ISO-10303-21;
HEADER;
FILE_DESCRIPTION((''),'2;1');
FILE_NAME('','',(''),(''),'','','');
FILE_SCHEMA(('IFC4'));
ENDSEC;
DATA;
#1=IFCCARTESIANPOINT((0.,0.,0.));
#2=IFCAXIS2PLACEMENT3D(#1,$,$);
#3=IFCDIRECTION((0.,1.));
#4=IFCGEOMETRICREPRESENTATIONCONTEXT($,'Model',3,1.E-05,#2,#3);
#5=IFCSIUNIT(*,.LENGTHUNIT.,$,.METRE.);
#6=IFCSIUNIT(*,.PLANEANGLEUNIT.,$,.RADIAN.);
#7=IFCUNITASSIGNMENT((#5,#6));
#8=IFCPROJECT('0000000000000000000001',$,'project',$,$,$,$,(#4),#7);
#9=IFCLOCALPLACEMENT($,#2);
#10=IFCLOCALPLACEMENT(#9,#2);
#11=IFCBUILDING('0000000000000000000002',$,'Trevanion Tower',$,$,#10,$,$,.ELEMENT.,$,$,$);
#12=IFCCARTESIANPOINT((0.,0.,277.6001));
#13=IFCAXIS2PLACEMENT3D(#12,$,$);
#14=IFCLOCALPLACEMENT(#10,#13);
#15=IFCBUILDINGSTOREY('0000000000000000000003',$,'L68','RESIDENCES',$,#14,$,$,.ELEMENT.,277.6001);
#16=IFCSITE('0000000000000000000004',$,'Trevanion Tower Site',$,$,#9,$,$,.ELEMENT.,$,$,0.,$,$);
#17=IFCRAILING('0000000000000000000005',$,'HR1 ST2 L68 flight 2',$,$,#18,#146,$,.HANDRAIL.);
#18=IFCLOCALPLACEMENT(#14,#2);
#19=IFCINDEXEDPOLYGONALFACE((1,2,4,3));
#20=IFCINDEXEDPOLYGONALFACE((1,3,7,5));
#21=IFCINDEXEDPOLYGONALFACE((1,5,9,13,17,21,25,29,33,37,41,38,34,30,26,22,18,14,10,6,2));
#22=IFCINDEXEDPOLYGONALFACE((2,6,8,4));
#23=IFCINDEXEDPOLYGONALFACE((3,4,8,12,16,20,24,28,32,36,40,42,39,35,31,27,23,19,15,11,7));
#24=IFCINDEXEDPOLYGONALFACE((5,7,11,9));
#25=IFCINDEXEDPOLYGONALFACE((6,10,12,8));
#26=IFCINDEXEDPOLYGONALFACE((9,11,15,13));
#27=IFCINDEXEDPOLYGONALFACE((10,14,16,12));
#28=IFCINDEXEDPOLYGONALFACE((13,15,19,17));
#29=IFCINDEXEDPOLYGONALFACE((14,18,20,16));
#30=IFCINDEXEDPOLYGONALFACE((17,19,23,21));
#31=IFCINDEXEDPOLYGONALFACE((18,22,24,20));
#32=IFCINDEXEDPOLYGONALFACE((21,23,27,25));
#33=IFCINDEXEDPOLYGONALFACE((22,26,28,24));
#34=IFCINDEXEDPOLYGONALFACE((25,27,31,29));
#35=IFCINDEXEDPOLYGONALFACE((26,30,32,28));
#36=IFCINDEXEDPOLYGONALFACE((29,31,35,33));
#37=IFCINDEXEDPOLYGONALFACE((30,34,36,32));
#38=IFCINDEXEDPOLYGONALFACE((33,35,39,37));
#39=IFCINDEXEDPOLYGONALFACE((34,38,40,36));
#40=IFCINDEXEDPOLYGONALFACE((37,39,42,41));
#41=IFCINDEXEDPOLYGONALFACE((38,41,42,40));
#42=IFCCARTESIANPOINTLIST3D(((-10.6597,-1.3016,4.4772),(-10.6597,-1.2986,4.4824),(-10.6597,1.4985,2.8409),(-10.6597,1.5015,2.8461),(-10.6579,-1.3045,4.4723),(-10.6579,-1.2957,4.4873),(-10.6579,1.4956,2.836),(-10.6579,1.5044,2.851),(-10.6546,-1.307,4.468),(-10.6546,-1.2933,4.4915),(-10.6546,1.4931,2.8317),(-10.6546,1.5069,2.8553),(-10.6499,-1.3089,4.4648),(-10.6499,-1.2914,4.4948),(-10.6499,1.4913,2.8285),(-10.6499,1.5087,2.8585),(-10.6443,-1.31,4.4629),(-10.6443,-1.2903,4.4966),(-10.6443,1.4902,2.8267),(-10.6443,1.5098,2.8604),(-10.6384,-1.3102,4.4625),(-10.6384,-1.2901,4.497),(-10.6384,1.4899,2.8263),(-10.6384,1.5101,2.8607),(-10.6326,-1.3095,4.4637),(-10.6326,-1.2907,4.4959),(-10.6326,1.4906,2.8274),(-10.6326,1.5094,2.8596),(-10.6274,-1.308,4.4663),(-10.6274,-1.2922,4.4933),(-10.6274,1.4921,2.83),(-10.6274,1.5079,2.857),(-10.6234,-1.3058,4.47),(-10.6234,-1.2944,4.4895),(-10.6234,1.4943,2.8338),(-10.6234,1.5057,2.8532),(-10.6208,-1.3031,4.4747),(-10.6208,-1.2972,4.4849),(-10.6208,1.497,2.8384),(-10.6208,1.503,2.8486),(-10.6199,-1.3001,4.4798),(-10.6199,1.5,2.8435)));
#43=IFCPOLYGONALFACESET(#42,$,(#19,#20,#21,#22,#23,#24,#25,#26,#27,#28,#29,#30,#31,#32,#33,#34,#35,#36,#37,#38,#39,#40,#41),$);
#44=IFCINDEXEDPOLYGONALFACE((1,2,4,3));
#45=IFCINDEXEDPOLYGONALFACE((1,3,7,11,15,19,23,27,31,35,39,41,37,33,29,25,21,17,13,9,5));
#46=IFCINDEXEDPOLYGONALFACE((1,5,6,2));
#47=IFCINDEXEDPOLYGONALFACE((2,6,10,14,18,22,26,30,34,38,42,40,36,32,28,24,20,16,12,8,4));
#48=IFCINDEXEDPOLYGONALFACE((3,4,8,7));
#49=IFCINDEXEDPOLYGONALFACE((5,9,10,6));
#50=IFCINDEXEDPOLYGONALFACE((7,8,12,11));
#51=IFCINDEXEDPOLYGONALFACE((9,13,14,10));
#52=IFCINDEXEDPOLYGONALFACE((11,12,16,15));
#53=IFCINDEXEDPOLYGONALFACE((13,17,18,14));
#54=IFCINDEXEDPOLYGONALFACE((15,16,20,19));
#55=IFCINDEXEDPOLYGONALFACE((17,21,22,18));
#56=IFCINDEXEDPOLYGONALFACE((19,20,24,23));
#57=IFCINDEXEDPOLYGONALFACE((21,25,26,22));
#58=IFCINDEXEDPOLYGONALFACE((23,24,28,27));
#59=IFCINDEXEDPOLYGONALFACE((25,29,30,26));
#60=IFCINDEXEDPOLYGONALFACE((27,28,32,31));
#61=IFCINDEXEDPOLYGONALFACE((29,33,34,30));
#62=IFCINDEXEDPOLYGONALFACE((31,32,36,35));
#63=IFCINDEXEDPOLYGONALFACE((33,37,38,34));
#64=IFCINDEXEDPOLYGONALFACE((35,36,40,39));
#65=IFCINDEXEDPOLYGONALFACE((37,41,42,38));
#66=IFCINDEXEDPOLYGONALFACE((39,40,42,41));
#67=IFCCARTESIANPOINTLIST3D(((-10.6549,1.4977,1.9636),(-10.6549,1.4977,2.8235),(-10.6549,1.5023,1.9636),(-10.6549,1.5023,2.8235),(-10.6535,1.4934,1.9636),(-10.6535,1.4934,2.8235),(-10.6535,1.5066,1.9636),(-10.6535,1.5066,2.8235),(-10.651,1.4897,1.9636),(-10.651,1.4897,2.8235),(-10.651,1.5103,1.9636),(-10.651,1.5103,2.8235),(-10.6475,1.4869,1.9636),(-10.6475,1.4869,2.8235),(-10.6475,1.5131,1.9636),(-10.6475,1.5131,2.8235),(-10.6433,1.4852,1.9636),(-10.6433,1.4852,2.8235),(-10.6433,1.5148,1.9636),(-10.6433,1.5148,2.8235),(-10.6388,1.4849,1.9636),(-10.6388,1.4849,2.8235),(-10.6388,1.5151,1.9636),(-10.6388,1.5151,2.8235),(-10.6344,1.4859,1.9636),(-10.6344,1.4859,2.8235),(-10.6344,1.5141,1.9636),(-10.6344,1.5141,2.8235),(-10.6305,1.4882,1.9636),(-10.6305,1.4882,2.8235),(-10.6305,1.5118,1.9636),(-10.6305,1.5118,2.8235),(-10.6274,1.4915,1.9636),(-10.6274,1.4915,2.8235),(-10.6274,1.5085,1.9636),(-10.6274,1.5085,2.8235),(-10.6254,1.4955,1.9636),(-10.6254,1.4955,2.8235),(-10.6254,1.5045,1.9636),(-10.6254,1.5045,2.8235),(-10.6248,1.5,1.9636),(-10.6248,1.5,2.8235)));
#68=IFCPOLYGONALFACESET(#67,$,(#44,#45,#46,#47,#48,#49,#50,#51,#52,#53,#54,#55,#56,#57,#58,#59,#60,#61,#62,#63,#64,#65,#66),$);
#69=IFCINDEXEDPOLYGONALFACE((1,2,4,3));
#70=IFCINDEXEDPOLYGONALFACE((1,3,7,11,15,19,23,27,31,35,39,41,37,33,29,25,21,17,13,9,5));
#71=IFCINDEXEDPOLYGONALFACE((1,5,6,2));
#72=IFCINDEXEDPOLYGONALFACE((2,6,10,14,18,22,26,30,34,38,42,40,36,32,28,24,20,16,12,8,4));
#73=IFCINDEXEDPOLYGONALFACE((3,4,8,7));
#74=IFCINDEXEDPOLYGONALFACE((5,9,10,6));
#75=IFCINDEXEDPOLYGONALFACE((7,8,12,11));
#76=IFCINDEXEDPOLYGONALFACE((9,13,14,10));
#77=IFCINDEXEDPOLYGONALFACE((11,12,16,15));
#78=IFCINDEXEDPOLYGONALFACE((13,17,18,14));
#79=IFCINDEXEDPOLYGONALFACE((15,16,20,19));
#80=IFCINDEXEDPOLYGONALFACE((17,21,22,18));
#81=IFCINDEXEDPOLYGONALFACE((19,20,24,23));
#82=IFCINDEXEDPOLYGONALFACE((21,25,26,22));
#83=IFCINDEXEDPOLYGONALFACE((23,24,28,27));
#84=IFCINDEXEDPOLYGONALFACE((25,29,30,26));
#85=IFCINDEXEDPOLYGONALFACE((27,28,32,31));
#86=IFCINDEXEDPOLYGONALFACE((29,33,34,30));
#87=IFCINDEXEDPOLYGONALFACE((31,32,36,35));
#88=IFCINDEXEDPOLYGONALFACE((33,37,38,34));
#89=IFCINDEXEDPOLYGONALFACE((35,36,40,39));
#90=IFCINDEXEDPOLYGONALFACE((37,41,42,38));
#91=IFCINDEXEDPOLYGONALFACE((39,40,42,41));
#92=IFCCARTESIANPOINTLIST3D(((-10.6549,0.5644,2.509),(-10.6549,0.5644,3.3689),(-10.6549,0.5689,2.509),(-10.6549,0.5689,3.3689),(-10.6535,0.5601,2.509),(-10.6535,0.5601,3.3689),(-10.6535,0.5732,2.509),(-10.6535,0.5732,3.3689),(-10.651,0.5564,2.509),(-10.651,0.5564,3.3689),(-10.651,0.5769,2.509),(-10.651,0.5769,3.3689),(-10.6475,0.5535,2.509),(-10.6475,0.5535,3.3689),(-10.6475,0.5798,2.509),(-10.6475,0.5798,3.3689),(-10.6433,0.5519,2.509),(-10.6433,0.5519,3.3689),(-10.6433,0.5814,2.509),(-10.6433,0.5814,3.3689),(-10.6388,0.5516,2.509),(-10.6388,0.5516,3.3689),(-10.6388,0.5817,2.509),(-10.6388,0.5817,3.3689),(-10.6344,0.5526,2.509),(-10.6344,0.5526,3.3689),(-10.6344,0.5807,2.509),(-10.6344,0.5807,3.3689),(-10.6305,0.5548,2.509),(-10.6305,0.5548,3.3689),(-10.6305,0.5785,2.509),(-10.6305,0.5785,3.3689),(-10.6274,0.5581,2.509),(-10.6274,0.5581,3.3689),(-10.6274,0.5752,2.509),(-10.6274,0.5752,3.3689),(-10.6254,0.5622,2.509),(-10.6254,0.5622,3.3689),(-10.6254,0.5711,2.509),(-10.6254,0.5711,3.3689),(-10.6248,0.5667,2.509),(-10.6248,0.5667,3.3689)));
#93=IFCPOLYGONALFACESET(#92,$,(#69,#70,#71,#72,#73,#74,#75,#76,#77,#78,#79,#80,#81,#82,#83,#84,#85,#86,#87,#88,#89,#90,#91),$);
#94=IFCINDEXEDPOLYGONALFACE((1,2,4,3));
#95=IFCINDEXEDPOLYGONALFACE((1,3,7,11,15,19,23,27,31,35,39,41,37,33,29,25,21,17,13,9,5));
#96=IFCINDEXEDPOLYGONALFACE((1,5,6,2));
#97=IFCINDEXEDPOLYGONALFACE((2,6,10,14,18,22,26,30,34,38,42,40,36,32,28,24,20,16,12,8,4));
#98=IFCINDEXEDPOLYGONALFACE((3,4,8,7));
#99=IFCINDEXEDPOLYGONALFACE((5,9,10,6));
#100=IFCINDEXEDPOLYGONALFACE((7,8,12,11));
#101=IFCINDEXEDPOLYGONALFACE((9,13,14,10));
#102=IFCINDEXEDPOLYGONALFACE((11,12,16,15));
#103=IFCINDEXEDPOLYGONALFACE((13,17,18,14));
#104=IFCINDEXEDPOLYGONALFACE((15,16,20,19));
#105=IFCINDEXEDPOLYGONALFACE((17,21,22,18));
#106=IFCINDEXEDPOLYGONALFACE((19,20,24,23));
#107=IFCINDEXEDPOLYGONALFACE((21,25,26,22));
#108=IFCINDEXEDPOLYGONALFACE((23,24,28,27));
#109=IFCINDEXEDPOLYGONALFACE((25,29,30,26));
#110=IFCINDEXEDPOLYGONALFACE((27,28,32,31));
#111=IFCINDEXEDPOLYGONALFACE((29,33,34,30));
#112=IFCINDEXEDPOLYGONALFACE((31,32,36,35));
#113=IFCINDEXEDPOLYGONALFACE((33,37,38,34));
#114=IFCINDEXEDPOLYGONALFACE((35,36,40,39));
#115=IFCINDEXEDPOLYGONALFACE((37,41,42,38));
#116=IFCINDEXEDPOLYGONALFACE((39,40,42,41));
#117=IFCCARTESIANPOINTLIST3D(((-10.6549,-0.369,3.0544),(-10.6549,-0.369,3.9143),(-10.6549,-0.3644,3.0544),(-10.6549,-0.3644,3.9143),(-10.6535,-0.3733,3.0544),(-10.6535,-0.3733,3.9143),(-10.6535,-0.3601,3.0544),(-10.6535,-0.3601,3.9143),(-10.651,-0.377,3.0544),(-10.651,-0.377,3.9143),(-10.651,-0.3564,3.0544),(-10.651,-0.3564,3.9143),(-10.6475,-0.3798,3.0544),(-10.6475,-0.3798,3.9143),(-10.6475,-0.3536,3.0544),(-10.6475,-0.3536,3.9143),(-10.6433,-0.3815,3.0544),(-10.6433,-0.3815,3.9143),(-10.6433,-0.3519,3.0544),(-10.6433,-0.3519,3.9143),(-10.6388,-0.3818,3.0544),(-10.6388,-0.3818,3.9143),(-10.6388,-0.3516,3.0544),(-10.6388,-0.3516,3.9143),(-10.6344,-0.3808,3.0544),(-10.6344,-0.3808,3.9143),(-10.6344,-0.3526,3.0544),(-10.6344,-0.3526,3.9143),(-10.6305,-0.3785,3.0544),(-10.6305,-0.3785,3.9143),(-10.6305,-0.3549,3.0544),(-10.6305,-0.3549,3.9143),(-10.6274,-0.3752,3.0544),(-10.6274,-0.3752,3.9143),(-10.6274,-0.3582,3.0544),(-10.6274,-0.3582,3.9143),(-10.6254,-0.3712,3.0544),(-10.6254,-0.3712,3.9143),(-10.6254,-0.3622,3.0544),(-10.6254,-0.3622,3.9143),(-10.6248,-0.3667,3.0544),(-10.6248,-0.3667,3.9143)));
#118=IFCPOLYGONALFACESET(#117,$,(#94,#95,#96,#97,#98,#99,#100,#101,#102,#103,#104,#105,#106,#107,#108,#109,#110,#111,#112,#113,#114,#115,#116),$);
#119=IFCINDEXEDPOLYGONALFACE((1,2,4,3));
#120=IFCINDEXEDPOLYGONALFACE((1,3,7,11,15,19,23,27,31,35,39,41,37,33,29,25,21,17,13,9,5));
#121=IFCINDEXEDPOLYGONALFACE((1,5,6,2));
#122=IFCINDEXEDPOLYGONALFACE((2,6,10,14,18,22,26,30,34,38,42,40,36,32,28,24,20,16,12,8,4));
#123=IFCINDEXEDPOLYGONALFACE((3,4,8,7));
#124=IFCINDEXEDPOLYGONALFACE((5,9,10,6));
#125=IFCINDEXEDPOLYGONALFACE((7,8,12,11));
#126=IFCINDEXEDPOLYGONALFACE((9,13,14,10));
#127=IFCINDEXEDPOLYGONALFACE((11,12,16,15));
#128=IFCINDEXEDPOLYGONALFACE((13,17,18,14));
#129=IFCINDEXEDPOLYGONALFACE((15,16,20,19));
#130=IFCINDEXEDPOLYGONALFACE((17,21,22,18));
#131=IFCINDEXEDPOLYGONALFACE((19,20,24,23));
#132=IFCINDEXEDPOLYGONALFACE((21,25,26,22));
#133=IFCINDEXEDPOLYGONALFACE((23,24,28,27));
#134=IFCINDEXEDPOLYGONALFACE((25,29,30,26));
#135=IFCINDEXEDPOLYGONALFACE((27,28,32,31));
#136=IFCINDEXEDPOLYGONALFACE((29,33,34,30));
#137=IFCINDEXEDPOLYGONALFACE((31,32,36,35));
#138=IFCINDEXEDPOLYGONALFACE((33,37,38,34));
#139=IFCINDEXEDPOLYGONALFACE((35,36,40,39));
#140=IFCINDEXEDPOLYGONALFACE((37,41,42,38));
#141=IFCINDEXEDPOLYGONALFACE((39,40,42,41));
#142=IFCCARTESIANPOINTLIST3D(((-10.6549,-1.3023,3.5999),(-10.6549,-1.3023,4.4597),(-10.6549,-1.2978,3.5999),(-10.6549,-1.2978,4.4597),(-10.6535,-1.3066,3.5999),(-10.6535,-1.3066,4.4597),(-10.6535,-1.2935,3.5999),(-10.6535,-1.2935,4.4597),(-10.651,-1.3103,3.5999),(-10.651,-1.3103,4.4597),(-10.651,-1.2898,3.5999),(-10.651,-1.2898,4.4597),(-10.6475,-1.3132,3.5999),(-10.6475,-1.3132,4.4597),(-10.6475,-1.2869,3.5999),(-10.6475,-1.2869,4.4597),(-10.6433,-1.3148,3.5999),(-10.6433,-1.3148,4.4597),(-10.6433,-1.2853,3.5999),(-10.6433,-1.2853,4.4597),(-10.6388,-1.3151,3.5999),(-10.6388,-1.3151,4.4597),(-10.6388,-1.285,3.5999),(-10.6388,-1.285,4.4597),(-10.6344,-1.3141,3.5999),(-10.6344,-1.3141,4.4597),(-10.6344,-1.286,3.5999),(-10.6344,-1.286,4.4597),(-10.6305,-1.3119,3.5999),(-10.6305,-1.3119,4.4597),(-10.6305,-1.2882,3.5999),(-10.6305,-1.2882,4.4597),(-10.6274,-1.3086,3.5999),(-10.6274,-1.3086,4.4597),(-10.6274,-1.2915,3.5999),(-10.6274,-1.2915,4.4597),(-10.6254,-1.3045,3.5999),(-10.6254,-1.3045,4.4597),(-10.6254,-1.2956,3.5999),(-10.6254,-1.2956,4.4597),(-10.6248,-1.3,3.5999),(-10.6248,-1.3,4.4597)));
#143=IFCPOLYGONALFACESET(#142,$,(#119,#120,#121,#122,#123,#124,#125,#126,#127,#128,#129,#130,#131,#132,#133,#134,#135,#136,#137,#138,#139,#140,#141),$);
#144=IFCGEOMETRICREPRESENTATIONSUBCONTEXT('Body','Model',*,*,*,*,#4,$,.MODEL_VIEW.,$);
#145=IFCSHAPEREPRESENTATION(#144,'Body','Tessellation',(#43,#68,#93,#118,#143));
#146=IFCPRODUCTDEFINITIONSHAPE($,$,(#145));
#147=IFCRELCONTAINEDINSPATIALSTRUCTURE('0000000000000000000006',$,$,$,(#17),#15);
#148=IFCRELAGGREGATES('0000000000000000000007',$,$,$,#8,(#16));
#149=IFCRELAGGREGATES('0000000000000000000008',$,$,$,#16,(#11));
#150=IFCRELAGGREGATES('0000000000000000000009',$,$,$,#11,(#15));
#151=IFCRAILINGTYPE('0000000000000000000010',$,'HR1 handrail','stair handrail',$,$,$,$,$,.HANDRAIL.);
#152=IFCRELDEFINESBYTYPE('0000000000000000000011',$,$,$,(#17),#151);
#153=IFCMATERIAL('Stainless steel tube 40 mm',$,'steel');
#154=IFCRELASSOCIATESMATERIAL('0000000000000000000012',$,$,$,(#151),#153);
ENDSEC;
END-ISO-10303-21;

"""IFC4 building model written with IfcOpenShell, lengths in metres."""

from ifc_helpers import new_model, si_unit, direction, frame, origin, origin_2d, place, context, subcontext, project, spatial, circle, extrude, material, type_object, element, save


model = new_model("IFC4")

# Units and contexts
model_context = context("Model", 3, precision=1e-05, world=origin(), true_north=direction((0.0, 1.0)))
body_context = subcontext(model_context, "Body", "Model", "MODEL_VIEW")
ifc_project = project(units=[si_unit("LENGTHUNIT", "METRE"), si_unit("PLANEANGLEUNIT", "RADIAN")], contexts=[model_context])

# Site, building, storey
site_placement = place(None, origin())
site = spatial("IfcSite", under=ifc_project, at=site_placement, Name="Trevanion Tower Site", CompositionType="ELEMENT", RefElevation=0.0)
building_placement = place(site_placement, origin())
building = spatial("IfcBuilding", under=site, at=building_placement, Name="Trevanion Tower", CompositionType="ELEMENT")
storey_placement = place(building_placement, frame((0.0, 0.0, 277.6001)))
storey = spatial("IfcBuildingStorey", under=building, at=storey_placement, Name="L68", Description="RESIDENCES", CompositionType="ELEMENT", Elevation=277.6001)

# Railing
ifc_material_1 = material(Name="Stainless steel tube 40 mm", Category="steel")
railing_type = type_object("IfcRailingType", Name="HR1 handrail", Description="stair handrail", PredefinedType="HANDRAIL", material=ifc_material_1)
for number, where, name in (
    (1, (-10.6399, 1.5, 1.9636), "HR1 ST2 L68 flight 2"),
):
    element("IfcRailing", number, at=place(storey_placement, frame(where)), inside=storey, type_object=railing_type, Name=name, PredefinedType="HANDRAIL", context=body_context, shape_type="SweptSolid", body=[
        extrude(circle(Radius=0.02, at=origin_2d()), frame((0.0, 0.0, 0.8799), z_axis=(0.0, -0.863394, 0.504531), x_axis=(1.0, 0.0, 0.0)), (0.0, 0.0, 1.0), 3.2432),
        extrude(circle(Radius=0.0151, at=origin_2d()), origin(), (0.0, 0.0, 1.0), 0.8599),
        extrude(circle(Radius=0.0151, at=origin_2d()), frame((0.0, -0.9333, 0.5454)), (0.0, 0.0, 1.0), 0.8599),
        extrude(circle(Radius=0.0151, at=origin_2d()), frame((0.0, -1.8667, 1.0908)), (0.0, 0.0, 1.0), 0.8599),
        extrude(circle(Radius=0.0151, at=origin_2d()), frame((0.0, -2.8, 1.6362)), (0.0, 0.0, 1.0), 0.8599),
    ])

save(model, "model.ifc")
